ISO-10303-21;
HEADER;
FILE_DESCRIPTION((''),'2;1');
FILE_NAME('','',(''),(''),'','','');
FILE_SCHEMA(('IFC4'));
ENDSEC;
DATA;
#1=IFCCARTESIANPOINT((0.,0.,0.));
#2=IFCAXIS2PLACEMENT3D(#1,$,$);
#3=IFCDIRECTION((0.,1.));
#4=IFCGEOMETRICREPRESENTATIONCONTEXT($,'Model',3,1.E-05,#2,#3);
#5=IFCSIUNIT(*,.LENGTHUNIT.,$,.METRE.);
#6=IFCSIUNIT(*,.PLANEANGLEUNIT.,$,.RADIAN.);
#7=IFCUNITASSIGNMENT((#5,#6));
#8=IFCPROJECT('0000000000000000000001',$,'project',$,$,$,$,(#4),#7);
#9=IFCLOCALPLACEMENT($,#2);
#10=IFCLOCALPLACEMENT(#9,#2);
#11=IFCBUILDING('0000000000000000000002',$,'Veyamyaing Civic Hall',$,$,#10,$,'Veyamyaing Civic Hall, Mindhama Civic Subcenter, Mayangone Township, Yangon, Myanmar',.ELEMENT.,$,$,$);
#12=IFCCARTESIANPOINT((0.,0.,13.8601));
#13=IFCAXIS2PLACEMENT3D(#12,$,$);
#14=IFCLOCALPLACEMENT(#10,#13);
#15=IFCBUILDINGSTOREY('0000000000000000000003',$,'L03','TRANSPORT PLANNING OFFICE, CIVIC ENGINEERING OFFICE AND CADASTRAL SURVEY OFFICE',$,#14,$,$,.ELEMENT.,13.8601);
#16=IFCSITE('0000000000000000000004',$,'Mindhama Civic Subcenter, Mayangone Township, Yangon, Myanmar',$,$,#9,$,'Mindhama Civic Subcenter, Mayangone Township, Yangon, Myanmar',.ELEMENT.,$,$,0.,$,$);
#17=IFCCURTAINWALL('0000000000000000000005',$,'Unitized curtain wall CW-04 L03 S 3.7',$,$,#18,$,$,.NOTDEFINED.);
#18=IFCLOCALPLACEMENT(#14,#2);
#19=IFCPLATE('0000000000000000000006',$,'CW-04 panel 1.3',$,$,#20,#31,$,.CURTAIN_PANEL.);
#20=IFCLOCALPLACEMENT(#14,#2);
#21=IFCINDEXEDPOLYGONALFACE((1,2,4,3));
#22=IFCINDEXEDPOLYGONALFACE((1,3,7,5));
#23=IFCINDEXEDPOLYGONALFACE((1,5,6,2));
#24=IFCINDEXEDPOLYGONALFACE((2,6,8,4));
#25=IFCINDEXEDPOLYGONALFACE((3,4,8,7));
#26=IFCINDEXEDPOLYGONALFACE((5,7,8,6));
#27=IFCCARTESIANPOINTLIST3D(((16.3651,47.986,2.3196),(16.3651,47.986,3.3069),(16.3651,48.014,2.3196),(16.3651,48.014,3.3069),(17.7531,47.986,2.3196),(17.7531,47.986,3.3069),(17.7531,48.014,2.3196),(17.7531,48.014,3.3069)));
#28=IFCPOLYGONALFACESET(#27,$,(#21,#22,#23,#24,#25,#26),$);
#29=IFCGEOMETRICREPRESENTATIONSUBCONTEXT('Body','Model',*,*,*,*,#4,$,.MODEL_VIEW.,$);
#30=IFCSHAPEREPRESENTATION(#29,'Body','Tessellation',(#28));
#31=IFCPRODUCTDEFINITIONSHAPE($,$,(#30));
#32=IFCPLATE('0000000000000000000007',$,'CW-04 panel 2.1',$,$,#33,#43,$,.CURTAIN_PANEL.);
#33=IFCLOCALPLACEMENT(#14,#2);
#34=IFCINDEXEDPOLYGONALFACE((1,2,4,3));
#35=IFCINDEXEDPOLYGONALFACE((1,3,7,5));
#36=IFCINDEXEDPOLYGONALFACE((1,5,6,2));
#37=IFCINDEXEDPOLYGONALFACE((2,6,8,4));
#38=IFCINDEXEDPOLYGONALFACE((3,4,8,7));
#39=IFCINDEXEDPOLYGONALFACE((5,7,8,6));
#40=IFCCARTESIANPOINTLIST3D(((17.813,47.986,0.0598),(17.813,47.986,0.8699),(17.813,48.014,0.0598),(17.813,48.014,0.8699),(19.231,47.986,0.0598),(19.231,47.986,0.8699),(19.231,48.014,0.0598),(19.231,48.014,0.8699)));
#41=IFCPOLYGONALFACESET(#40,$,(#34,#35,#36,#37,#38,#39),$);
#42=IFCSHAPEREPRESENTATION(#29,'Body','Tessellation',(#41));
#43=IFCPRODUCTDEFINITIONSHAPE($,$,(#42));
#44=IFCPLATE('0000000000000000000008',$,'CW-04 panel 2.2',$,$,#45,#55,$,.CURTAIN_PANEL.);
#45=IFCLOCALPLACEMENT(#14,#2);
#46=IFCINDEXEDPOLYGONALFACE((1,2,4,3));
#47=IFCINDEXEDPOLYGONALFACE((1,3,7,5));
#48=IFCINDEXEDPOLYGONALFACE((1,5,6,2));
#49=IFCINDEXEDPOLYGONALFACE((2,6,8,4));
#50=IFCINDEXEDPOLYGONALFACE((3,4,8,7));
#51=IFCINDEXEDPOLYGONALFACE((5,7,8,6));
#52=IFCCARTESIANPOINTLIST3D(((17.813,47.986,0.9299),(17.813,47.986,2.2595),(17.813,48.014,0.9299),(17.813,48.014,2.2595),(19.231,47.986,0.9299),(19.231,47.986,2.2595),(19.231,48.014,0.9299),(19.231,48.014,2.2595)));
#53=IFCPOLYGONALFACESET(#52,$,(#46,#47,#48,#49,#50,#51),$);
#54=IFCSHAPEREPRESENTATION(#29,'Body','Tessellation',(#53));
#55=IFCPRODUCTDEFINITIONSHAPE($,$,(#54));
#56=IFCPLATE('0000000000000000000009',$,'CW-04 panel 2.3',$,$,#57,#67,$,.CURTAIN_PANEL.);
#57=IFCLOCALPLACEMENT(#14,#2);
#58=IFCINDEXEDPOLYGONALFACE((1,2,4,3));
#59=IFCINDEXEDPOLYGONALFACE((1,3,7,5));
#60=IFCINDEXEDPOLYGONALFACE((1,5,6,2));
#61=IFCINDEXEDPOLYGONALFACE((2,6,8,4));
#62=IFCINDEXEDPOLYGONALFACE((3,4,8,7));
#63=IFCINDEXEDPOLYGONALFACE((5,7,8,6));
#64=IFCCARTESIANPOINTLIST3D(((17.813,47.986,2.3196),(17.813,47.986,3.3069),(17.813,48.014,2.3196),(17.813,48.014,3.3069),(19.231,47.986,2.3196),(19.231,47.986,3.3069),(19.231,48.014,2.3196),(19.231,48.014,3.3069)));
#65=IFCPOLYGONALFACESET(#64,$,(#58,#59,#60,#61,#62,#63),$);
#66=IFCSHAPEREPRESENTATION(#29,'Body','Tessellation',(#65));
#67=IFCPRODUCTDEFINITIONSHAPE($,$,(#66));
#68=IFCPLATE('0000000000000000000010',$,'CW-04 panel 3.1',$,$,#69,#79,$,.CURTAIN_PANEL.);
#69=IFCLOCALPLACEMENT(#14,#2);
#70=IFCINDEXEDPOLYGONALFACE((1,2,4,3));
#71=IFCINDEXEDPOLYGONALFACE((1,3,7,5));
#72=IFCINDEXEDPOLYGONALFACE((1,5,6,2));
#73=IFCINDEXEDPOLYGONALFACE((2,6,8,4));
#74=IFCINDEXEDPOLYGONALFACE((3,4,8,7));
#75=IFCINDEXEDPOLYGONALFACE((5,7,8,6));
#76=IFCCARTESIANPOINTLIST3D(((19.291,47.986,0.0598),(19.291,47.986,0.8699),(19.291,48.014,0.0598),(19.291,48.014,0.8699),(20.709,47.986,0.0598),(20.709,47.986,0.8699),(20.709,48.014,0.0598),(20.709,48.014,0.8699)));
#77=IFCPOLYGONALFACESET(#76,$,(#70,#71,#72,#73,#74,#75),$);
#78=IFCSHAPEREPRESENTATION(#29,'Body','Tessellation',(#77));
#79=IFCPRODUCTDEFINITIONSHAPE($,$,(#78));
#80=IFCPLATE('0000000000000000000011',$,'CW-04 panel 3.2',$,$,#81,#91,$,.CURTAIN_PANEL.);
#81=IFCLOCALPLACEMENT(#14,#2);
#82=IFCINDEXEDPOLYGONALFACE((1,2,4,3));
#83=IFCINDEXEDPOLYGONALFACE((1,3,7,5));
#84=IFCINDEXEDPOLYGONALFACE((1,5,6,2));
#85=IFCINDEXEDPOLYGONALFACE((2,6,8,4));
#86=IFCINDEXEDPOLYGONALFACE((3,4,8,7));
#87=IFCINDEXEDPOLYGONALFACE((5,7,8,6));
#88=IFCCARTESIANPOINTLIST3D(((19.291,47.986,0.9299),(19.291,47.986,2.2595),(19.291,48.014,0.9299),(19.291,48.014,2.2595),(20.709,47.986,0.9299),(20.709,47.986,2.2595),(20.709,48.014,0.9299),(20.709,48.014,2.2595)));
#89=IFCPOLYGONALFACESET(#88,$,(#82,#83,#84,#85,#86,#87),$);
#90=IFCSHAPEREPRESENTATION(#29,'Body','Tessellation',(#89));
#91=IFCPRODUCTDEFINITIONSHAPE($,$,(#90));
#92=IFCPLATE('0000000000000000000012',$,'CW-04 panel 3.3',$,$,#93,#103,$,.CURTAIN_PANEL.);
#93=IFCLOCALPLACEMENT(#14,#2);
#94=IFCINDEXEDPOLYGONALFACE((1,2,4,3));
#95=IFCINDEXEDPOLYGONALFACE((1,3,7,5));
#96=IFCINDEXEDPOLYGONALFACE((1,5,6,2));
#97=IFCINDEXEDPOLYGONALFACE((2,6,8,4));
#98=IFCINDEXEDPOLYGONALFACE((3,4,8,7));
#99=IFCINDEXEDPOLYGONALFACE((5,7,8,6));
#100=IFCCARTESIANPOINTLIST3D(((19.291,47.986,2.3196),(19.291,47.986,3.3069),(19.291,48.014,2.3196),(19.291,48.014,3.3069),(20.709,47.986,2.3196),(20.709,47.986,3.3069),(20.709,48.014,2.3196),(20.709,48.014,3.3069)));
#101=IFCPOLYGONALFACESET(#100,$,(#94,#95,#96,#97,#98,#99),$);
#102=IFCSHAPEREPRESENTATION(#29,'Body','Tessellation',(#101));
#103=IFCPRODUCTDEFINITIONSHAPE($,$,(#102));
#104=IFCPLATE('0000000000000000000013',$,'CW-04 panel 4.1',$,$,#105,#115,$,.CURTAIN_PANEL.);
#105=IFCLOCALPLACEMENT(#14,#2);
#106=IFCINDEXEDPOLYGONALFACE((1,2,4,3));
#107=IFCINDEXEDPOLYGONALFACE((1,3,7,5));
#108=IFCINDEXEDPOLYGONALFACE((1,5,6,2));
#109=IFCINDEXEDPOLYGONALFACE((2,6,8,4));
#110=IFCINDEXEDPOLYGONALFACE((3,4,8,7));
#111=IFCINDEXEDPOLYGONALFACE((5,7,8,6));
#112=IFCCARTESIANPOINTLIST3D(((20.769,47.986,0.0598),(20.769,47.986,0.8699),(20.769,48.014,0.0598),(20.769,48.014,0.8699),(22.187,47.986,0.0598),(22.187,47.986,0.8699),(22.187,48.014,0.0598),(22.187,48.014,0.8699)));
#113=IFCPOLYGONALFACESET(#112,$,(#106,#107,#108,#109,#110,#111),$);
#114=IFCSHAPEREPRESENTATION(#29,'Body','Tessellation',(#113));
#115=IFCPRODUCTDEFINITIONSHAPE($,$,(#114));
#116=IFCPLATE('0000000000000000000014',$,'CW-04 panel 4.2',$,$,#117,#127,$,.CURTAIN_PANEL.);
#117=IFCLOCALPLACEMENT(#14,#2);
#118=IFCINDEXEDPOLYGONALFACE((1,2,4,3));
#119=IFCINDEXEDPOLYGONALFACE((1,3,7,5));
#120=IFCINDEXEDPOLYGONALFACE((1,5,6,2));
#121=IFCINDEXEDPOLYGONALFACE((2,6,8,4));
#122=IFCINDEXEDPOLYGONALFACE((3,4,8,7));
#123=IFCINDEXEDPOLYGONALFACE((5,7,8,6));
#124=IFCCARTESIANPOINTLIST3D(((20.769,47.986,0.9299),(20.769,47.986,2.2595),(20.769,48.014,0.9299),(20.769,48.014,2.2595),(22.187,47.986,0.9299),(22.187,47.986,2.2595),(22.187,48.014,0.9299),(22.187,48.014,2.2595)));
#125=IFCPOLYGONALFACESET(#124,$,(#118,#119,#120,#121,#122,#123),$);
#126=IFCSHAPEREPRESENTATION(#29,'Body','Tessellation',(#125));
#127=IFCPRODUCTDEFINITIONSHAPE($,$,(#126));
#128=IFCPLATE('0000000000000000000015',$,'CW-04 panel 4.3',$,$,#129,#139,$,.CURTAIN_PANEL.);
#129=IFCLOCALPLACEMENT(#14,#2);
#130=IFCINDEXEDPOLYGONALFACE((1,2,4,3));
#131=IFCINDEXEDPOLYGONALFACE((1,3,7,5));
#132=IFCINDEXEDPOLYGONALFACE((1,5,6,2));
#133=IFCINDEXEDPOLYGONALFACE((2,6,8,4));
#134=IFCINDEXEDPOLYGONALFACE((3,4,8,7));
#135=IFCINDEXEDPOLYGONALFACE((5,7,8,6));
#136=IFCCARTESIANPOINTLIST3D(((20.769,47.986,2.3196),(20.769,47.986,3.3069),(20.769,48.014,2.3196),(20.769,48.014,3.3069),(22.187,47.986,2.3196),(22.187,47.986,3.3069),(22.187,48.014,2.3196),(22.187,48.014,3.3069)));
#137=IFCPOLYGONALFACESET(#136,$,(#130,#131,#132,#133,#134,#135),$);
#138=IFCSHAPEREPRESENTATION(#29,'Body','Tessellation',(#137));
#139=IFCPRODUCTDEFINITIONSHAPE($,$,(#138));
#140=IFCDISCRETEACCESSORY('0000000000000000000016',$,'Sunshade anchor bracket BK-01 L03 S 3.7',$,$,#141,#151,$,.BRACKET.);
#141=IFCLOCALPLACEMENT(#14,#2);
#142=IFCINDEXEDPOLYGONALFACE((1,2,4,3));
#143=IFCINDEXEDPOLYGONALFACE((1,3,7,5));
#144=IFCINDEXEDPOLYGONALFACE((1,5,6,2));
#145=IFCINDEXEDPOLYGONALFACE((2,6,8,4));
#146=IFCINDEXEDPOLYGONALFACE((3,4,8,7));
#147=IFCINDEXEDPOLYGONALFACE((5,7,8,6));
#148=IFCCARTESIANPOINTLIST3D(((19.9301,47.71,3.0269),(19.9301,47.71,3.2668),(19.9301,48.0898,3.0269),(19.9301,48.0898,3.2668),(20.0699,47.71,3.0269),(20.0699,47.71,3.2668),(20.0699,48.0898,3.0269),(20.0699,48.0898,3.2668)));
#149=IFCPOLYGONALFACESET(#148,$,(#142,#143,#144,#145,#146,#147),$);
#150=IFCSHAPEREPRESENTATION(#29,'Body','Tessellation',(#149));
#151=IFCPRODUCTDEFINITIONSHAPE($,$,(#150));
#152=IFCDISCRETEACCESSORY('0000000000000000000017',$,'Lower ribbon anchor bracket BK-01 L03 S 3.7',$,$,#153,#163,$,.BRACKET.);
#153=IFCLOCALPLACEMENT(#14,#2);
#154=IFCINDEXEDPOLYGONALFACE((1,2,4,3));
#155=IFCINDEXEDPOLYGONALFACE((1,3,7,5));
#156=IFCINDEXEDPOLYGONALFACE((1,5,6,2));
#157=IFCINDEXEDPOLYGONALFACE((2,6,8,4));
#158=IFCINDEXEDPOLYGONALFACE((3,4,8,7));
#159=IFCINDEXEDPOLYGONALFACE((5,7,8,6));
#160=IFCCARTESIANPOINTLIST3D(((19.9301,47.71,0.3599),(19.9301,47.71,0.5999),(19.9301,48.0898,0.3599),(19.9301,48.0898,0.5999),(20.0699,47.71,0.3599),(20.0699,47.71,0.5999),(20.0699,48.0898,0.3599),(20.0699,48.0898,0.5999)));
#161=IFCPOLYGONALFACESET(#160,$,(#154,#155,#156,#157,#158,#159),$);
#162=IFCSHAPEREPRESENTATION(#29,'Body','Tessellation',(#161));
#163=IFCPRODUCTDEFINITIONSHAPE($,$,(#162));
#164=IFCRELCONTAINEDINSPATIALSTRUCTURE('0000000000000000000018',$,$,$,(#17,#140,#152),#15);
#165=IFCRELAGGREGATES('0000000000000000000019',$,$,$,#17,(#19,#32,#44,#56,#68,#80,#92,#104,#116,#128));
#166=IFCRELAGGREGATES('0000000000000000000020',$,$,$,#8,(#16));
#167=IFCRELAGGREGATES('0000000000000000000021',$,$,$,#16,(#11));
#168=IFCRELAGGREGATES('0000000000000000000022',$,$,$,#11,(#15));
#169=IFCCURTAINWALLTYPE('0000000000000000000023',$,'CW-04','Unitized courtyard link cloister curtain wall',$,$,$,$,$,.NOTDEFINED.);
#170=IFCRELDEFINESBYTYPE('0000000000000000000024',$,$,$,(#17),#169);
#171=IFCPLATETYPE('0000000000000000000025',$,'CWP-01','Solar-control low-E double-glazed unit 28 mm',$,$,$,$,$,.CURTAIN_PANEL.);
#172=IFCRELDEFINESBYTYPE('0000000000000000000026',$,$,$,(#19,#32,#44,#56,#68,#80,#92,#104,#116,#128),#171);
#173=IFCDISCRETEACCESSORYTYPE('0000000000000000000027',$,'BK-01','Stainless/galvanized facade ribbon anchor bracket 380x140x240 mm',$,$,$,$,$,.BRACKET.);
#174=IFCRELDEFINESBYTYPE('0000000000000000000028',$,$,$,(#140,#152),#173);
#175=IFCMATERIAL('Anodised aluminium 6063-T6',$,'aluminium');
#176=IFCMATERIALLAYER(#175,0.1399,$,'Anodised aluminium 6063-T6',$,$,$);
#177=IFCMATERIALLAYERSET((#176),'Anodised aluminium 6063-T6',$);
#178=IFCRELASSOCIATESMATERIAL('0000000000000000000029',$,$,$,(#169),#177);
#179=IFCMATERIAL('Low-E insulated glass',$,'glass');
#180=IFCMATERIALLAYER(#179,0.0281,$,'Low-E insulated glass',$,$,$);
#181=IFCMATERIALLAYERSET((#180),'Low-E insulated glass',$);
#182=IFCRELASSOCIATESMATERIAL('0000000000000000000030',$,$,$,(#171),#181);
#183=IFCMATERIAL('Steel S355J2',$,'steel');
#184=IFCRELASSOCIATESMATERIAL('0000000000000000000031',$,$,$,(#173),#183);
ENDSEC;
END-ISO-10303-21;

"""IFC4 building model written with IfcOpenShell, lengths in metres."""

from ifc_helpers import new_model, si_unit, direction, frame, origin, origin_2d, place, context, subcontext, project, spatial, rectangle, extrude, material, layer, layer_set, type_object, element, aggregate, save


model = new_model("IFC4")

# Units and contexts
model_context = context("Model", 3, precision=1e-05, world=origin(), true_north=direction((0.0, 1.0)))
body_context = subcontext(model_context, "Body", "Model", "MODEL_VIEW")
ifc_project = project(units=[si_unit("LENGTHUNIT", "METRE"), si_unit("PLANEANGLEUNIT", "RADIAN")], contexts=[model_context])

# Site, building, storey
site_placement = place(None, origin())
site = spatial("IfcSite", under=ifc_project, at=site_placement, Name="Mindhama Civic Subcenter, Mayangone Township, Yangon, Myanmar", LongName="Mindhama Civic Subcenter, Mayangone Township, Yangon, Myanmar", CompositionType="ELEMENT", RefElevation=0.0)
building_placement = place(site_placement, origin())
building = spatial("IfcBuilding", under=site, at=building_placement, Name="Veyamyaing Civic Hall", LongName="Veyamyaing Civic Hall, Mindhama Civic Subcenter, Mayangone Township, Yangon, Myanmar", CompositionType="ELEMENT")
storey_placement = place(building_placement, frame((0.0, 0.0, 13.8601)))
storey = spatial("IfcBuildingStorey", under=building, at=storey_placement, Name="L03", Description="TRANSPORT PLANNING OFFICE, CIVIC ENGINEERING OFFICE AND CADASTRAL SURVEY OFFICE", CompositionType="ELEMENT", Elevation=13.8601)

# Curtain wall, plates
ifc_material_1 = material(Name="Anodised aluminium 6063-T6", Category="aluminium")
ifc_layer_1 = layer(ifc_material_1, 0.1399, Name="Anodised aluminium 6063-T6")
ifc_layer_set_1 = layer_set([ifc_layer_1], Name="Anodised aluminium 6063-T6")
curtain_wall_type = type_object("IfcCurtainWallType", Name="CW-04", Description="Unitized courtyard link cloister curtain wall", PredefinedType="NOTDEFINED", material=ifc_layer_set_1)
curtain_wall_placement = place(storey_placement, origin())
curtain_wall = element("IfcCurtainWall", 1, at=curtain_wall_placement, inside=storey, type_object=curtain_wall_type, Name="Unitized curtain wall CW-04 L03 S 3.7", PredefinedType="NOTDEFINED")
ifc_material_2 = material(Name="Low-E insulated glass", Category="glass")
ifc_layer_2 = layer(ifc_material_2, 0.0281, Name="Low-E insulated glass")
ifc_layer_set_2 = layer_set([ifc_layer_2], Name="Low-E insulated glass")
plate_type = type_object("IfcPlateType", Name="CWP-01", Description="Solar-control low-E double-glazed unit 28 mm", PredefinedType="CURTAIN_PANEL", material=ifc_layer_set_2)
plate_1_placement = place(storey_placement, frame((17.0591, 48.0, 2.3196), z_axis=(0.0, 0.0, 1.0), x_axis=(1.0, 0.0, 0.0)))
plate_1 = element("IfcPlate", 2, at=plate_1_placement, type_object=plate_type, Name="CW-04 panel 1.3", PredefinedType="CURTAIN_PANEL", context=body_context, shape_type="SweptSolid", body=[
    extrude(rectangle(XDim=1.3879, YDim=0.0281, at=origin_2d()), origin(), (0.0, 0.0, 1.0), 0.9873),
])
plate_2_placement = place(storey_placement, frame((18.522, 48.0, 0.0598), z_axis=(0.0, 0.0, 1.0), x_axis=(1.0, 0.0, 0.0)))
plate_2 = element("IfcPlate", 3, at=plate_2_placement, type_object=plate_type, Name="CW-04 panel 2.1", PredefinedType="CURTAIN_PANEL", context=body_context, shape_type="SweptSolid", body=[
    extrude(rectangle(XDim=1.418, YDim=0.0281, at=origin_2d()), origin(), (0.0, 0.0, 1.0), 0.8101),
])
plate_3_placement = place(storey_placement, frame((18.522, 48.0, 0.9299), z_axis=(0.0, 0.0, 1.0), x_axis=(1.0, 0.0, 0.0)))
plate_3 = element("IfcPlate", 4, at=plate_3_placement, type_object=plate_type, Name="CW-04 panel 2.2", PredefinedType="CURTAIN_PANEL", context=body_context, shape_type="SweptSolid", body=[
    extrude(rectangle(XDim=1.418, YDim=0.0281, at=origin_2d()), origin(), (0.0, 0.0, 1.0), 1.3296),
])
plate_4_placement = place(storey_placement, frame((18.522, 48.0, 2.3196), z_axis=(0.0, 0.0, 1.0), x_axis=(1.0, 0.0, 0.0)))
plate_4 = element("IfcPlate", 5, at=plate_4_placement, type_object=plate_type, Name="CW-04 panel 2.3", PredefinedType="CURTAIN_PANEL", context=body_context, shape_type="SweptSolid", body=[
    extrude(rectangle(XDim=1.418, YDim=0.0281, at=origin_2d()), origin(), (0.0, 0.0, 1.0), 0.9873),
])
plate_5_placement = place(storey_placement, frame((20.0, 48.0, 0.0598), z_axis=(0.0, 0.0, 1.0), x_axis=(1.0, 0.0, 0.0)))
plate_5 = element("IfcPlate", 6, at=plate_5_placement, type_object=plate_type, Name="CW-04 panel 3.1", PredefinedType="CURTAIN_PANEL", context=body_context, shape_type="SweptSolid", body=[
    extrude(rectangle(XDim=1.418, YDim=0.0281, at=origin_2d()), origin(), (0.0, 0.0, 1.0), 0.8101),
])
plate_6_placement = place(storey_placement, frame((20.0, 48.0, 0.9299), z_axis=(0.0, 0.0, 1.0), x_axis=(1.0, 0.0, 0.0)))
plate_6 = element("IfcPlate", 7, at=plate_6_placement, type_object=plate_type, Name="CW-04 panel 3.2", PredefinedType="CURTAIN_PANEL", context=body_context, shape_type="SweptSolid", body=[
    extrude(rectangle(XDim=1.418, YDim=0.0281, at=origin_2d()), origin(), (0.0, 0.0, 1.0), 1.3296),
])
plate_7_placement = place(storey_placement, frame((20.0, 48.0, 2.3196), z_axis=(0.0, 0.0, 1.0), x_axis=(1.0, 0.0, 0.0)))
plate_7 = element("IfcPlate", 8, at=plate_7_placement, type_object=plate_type, Name="CW-04 panel 3.3", PredefinedType="CURTAIN_PANEL", context=body_context, shape_type="SweptSolid", body=[
    extrude(rectangle(XDim=1.418, YDim=0.0281, at=origin_2d()), origin(), (0.0, 0.0, 1.0), 0.9873),
])
plate_8_placement = place(storey_placement, frame((21.478, 48.0, 0.0598), z_axis=(0.0, 0.0, 1.0), x_axis=(1.0, 0.0, 0.0)))
plate_8 = element("IfcPlate", 9, at=plate_8_placement, type_object=plate_type, Name="CW-04 panel 4.1", PredefinedType="CURTAIN_PANEL", context=body_context, shape_type="SweptSolid", body=[
    extrude(rectangle(XDim=1.418, YDim=0.0281, at=origin_2d()), origin(), (0.0, 0.0, 1.0), 0.8101),
])
plate_9_placement = place(storey_placement, frame((21.478, 48.0, 0.9299), z_axis=(0.0, 0.0, 1.0), x_axis=(1.0, 0.0, 0.0)))
plate_9 = element("IfcPlate", 10, at=plate_9_placement, type_object=plate_type, Name="CW-04 panel 4.2", PredefinedType="CURTAIN_PANEL", context=body_context, shape_type="SweptSolid", body=[
    extrude(rectangle(XDim=1.418, YDim=0.0281, at=origin_2d()), origin(), (0.0, 0.0, 1.0), 1.3296),
])
plate_10_placement = place(storey_placement, frame((21.478, 48.0, 2.3196), z_axis=(0.0, 0.0, 1.0), x_axis=(1.0, 0.0, 0.0)))
plate_10 = element("IfcPlate", 11, at=plate_10_placement, type_object=plate_type, Name="CW-04 panel 4.3", PredefinedType="CURTAIN_PANEL", context=body_context, shape_type="SweptSolid", body=[
    extrude(rectangle(XDim=1.418, YDim=0.0281, at=origin_2d()), origin(), (0.0, 0.0, 1.0), 0.9873),
])
aggregate(curtain_wall, [plate_1, plate_2, plate_3, plate_4, plate_5, plate_6, plate_7, plate_8, plate_9, plate_10])

# Discrete accessories
ifc_material_3 = material(Name="Steel S355J2", Category="steel")
discrete_accessory_type = type_object("IfcDiscreteAccessoryType", Name="BK-01", Description="Stainless/galvanized facade ribbon anchor bracket 380x140x240 mm", PredefinedType="BRACKET", material=ifc_material_3)
for number, where, z_axis, x_axis, name in (
    (12, (20.0, 47.8999, 3.0269), (0.0, 0.0, 1.0), (0.0, -1.0, 0.0), "Sunshade anchor bracket BK-01 L03 S 3.7"),
    (13, (20.0, 47.8999, 0.3599), (0.0, 0.0, 1.0), (0.0, -1.0, 0.0), "Lower ribbon anchor bracket BK-01 L03 S 3.7"),
):
    element("IfcDiscreteAccessory", number, at=place(storey_placement, frame(where, z_axis=z_axis, x_axis=x_axis)), inside=storey, type_object=discrete_accessory_type, Name=name, PredefinedType="BRACKET", context=body_context, shape_type="SweptSolid", body=[
        extrude(rectangle(XDim=0.3799, YDim=0.1399, at=origin_2d()), origin(), (0.0, 0.0, 1.0), 0.24),
    ])

save(model, "model.ifc")
